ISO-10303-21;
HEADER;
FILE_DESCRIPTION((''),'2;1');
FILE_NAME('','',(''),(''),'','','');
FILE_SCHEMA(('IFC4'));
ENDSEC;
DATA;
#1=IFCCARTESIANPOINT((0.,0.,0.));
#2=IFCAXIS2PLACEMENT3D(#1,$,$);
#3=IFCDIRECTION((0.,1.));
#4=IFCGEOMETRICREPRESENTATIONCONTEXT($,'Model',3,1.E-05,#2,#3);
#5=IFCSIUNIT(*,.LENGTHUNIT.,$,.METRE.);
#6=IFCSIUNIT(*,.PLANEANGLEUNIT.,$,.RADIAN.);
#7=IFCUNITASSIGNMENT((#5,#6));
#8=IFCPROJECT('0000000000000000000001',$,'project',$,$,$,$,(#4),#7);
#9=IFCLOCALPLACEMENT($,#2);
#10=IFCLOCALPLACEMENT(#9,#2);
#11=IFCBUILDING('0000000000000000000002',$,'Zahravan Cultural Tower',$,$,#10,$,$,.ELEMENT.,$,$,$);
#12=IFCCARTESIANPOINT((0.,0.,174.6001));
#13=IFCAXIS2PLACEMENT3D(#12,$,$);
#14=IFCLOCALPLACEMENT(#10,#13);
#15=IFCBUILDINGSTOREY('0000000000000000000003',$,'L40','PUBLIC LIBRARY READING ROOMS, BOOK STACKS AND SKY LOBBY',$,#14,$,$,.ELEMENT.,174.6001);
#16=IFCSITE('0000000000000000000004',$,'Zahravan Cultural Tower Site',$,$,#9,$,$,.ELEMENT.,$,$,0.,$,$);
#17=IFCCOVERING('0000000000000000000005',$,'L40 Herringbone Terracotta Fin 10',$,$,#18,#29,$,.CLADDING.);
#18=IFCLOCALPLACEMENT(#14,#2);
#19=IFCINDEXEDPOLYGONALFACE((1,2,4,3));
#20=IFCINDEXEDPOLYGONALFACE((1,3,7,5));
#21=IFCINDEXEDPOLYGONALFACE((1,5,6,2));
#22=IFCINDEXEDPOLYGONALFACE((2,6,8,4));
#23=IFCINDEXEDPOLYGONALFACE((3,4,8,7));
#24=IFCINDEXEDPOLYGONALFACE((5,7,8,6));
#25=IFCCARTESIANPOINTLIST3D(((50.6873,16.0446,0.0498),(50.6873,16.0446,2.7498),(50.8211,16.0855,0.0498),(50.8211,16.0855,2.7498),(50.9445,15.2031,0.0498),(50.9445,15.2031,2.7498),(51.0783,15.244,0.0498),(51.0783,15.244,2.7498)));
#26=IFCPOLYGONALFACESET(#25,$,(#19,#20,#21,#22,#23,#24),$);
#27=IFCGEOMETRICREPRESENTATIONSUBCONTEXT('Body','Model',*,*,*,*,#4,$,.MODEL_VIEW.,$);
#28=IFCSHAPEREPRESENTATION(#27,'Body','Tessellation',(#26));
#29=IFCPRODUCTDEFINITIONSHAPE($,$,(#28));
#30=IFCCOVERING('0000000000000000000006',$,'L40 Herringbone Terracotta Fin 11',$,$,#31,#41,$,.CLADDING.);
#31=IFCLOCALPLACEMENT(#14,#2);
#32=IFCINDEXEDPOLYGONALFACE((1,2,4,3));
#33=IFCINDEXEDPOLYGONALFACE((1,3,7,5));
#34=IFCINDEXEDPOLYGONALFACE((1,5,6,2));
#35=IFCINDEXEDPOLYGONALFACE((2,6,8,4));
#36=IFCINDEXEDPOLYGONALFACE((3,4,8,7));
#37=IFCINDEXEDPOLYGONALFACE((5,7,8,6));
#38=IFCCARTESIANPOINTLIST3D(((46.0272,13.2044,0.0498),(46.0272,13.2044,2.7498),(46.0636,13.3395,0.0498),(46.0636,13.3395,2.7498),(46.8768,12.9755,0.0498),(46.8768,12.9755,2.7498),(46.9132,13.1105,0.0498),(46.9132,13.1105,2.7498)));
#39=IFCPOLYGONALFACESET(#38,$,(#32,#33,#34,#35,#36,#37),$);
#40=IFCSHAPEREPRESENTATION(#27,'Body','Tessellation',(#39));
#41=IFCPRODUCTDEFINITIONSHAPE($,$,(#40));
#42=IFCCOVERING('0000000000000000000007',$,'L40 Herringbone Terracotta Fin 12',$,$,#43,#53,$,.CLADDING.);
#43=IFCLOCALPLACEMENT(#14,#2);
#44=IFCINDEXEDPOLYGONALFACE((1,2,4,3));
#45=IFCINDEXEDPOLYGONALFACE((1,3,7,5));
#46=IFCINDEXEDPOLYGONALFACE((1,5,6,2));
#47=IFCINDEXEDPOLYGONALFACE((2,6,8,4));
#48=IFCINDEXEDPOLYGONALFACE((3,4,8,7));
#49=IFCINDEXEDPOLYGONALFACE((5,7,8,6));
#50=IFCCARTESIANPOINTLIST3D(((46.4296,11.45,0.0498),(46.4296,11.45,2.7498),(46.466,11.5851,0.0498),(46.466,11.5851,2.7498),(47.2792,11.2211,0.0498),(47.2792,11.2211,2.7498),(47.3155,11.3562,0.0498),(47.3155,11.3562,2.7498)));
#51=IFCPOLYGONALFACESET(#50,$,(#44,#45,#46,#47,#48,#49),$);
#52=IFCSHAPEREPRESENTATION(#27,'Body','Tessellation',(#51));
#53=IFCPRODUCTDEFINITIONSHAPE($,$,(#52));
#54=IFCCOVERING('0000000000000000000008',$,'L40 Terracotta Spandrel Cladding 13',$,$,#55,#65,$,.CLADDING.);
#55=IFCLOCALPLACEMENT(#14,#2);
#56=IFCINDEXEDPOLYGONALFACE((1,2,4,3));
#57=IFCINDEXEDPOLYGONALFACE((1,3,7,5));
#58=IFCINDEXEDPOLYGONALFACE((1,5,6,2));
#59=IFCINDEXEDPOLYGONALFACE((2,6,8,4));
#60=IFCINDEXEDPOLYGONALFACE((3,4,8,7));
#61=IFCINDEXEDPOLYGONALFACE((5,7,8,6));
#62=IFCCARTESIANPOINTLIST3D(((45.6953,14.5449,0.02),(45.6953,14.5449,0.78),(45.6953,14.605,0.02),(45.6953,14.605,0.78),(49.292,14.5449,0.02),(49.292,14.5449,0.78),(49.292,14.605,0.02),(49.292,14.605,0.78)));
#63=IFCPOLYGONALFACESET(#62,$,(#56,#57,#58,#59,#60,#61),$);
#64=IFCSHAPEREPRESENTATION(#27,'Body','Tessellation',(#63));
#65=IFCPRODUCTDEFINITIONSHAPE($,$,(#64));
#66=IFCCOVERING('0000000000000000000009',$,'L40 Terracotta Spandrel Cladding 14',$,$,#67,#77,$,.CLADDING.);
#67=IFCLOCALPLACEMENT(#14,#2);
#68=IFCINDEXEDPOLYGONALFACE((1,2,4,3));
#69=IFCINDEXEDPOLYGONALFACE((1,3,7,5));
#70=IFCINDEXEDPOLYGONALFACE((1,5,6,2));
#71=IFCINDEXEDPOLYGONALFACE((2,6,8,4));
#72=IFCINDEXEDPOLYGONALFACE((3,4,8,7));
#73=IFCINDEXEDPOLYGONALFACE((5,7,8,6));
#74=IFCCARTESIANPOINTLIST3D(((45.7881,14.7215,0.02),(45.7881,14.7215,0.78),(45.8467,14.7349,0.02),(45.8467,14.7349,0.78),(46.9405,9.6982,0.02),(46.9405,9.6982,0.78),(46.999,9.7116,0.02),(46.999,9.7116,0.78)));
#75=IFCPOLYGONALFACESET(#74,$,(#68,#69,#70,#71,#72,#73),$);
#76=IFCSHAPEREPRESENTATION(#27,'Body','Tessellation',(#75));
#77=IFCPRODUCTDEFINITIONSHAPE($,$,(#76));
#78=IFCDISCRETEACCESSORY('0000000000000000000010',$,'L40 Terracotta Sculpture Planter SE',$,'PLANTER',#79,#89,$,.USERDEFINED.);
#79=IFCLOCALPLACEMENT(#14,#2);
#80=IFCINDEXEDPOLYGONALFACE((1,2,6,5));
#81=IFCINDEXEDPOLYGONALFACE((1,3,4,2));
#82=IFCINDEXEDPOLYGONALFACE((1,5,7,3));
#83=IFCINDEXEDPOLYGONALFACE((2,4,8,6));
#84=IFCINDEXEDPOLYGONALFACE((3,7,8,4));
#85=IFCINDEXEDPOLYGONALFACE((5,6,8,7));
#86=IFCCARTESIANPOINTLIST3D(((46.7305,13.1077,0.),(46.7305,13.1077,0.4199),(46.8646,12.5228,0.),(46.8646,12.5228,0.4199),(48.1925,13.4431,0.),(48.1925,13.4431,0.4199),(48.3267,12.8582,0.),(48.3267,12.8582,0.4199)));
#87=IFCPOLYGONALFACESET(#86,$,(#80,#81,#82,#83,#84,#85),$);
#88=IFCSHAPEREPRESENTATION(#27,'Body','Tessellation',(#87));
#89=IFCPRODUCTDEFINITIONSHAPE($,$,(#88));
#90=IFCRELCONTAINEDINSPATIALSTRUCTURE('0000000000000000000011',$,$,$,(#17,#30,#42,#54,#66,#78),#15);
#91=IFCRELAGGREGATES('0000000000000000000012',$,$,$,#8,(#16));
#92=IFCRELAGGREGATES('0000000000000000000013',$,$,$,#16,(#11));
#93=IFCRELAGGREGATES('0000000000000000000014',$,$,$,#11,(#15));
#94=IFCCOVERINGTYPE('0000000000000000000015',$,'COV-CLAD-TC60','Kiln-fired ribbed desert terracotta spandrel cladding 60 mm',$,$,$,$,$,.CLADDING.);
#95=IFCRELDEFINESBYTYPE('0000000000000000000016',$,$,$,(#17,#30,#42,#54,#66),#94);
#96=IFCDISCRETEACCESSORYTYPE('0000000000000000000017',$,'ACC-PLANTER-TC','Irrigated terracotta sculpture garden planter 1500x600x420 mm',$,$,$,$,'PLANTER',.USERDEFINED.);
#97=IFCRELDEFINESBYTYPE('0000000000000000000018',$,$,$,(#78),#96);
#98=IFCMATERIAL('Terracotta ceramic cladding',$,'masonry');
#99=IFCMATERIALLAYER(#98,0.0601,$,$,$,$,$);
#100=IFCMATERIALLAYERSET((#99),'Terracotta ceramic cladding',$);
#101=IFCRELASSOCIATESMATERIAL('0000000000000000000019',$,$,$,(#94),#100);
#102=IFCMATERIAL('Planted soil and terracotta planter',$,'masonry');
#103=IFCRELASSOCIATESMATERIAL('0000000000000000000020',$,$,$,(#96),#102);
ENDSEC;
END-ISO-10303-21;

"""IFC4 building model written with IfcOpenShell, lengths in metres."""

from ifc_helpers import new_model, si_unit, direction, frame, origin, origin_2d, place, context, subcontext, project, spatial, rectangle, extrude, source, transform, mapped, material, layer, layer_set, type_object, element, save


model = new_model("IFC4")

# Units and contexts
model_context = context("Model", 3, precision=1e-05, world=origin(), true_north=direction((0.0, 1.0)))
body_context = subcontext(model_context, "Body", "Model", "MODEL_VIEW")
ifc_project = project(units=[si_unit("LENGTHUNIT", "METRE"), si_unit("PLANEANGLEUNIT", "RADIAN")], contexts=[model_context])

# Site, building, storey
site_placement = place(None, origin())
site = spatial("IfcSite", under=ifc_project, at=site_placement, Name="Zahravan Cultural Tower Site", CompositionType="ELEMENT", RefElevation=0.0)
building_placement = place(site_placement, origin())
building = spatial("IfcBuilding", under=site, at=building_placement, Name="Zahravan Cultural Tower", CompositionType="ELEMENT")
storey_placement = place(building_placement, frame((0.0, 0.0, 174.6001)))
storey = spatial("IfcBuildingStorey", under=building, at=storey_placement, Name="L40", Description="PUBLIC LIBRARY READING ROOMS, BOOK STACKS AND SKY LOBBY", CompositionType="ELEMENT", Elevation=174.6001)

# Coverings
ifc_material_1 = material(Name="Terracotta ceramic cladding", Category="masonry")
ifc_layer_1 = layer(ifc_material_1, 0.0601)
ifc_layer_set_1 = layer_set([ifc_layer_1], Name="Terracotta ceramic cladding")
covering_type = type_object("IfcCoveringType", Name="COV-CLAD-TC60", Description="Kiln-fired ribbed desert terracotta spandrel cladding 60 mm", PredefinedType="CLADDING", material=ifc_layer_set_1)
shared_shape_1 = source(origin(), body_context, "Body", "SweptSolid", [
    extrude(rectangle(XDim=0.8799, YDim=0.1399, at=origin_2d()), origin(), (0.0, 0.0, 1.0), 2.7),
])
for number, where, z_axis, x_axis, name in (
    (1, (50.8828, 15.6443, 0.0498), (0.0, 0.0, 1.0), (0.292372, -0.956305, 0.0), "L40 Herringbone Terracotta Fin 10"),
    (2, (46.4702, 13.1575, 0.0498), (0.0, 0.0, 1.0), (0.965564, -0.260167, 0.0), "L40 Herringbone Terracotta Fin 11"),
    (3, (46.8726, 11.4031, 0.0498), (0.0, 0.0, 1.0), (0.965564, -0.260167, 0.0), "L40 Herringbone Terracotta Fin 12"),
):
    element("IfcCovering", number, at=place(storey_placement, frame(where, z_axis=z_axis, x_axis=x_axis)), inside=storey, type_object=covering_type, Name=name, PredefinedType="CLADDING", context=body_context, shape_type="MappedRepresentation", body=[
        mapped(shared_shape_1, transform((0.0, 0.0, 0.0), x_axis=(1.0, 0.0, 0.0), y_axis=(0.0, 1.0, 0.0), z_axis=(0.0, 0.0, 1.0), scale=1.0)),
    ])
shared_shape_2 = source(origin(), body_context, "Body", "SweptSolid", [
    extrude(rectangle(XDim=3.5967, YDim=0.0601, at=origin_2d()), origin(), (0.0, 0.0, 1.0), 0.76),
])
covering_1_placement = place(storey_placement, frame((47.4937, 14.575, 0.02), z_axis=(0.0, 0.0, 1.0), x_axis=(-1.0, 0.0, 0.0)))
element("IfcCovering", 4, at=covering_1_placement, inside=storey, type_object=covering_type, Name="L40 Terracotta Spandrel Cladding 13", PredefinedType="CLADDING", context=body_context, shape_type="MappedRepresentation", body=[
    mapped(shared_shape_2, transform((0.0, 0.0, 0.0), x_axis=(1.0, 0.0, 0.0), y_axis=(0.0, 1.0, 0.0), z_axis=(0.0, 0.0, 1.0), scale=1.0)),
])
shared_shape_3 = source(origin(), body_context, "Body", "SweptSolid", [
    extrude(rectangle(XDim=5.1538, YDim=0.0601, at=origin_2d()), origin(), (0.0, 0.0, 1.0), 0.76),
])
covering_2_placement = place(storey_placement, frame((46.3936, 12.2166, 0.02), z_axis=(0.0, 0.0, 1.0), x_axis=(0.22359, -0.974683, 0.0)))
element("IfcCovering", 5, at=covering_2_placement, inside=storey, type_object=covering_type, Name="L40 Terracotta Spandrel Cladding 14", PredefinedType="CLADDING", context=body_context, shape_type="MappedRepresentation", body=[
    mapped(shared_shape_3, transform((0.0, 0.0, 0.0), x_axis=(1.0, 0.0, 0.0), y_axis=(0.0, 1.0, 0.0), z_axis=(0.0, 0.0, 1.0), scale=1.0)),
])

# Discrete accessory
ifc_material_2 = material(Name="Planted soil and terracotta planter", Category="masonry")
discrete_accessory_type = type_object("IfcDiscreteAccessoryType", Name="ACC-PLANTER-TC", Description="Irrigated terracotta sculpture garden planter 1500x600x420 mm", ElementType="PLANTER", PredefinedType="USERDEFINED", material=ifc_material_2)
shared_shape_4 = source(origin(), body_context, "Body", "SweptSolid", [
    extrude(rectangle(XDim=1.5, YDim=0.6001, at=origin_2d()), origin(), (0.0, 0.0, 1.0), 0.4199),
])
discrete_accessory_placement = place(storey_placement, frame((47.5286, 12.9829, 0.0), z_axis=(0.0, 0.0, 1.0), x_axis=(0.974683, 0.22359, 0.0)))
element("IfcDiscreteAccessory", 6, at=discrete_accessory_placement, inside=storey, type_object=discrete_accessory_type, Name="L40 Terracotta Sculpture Planter SE", ObjectType="PLANTER", PredefinedType="USERDEFINED", context=body_context, shape_type="MappedRepresentation", body=[
    mapped(shared_shape_4, transform((0.0, 0.0, 0.0), x_axis=(1.0, 0.0, 0.0), y_axis=(0.0, 1.0, 0.0), z_axis=(0.0, 0.0, 1.0), scale=1.0)),
])

save(model, "model.ifc")
